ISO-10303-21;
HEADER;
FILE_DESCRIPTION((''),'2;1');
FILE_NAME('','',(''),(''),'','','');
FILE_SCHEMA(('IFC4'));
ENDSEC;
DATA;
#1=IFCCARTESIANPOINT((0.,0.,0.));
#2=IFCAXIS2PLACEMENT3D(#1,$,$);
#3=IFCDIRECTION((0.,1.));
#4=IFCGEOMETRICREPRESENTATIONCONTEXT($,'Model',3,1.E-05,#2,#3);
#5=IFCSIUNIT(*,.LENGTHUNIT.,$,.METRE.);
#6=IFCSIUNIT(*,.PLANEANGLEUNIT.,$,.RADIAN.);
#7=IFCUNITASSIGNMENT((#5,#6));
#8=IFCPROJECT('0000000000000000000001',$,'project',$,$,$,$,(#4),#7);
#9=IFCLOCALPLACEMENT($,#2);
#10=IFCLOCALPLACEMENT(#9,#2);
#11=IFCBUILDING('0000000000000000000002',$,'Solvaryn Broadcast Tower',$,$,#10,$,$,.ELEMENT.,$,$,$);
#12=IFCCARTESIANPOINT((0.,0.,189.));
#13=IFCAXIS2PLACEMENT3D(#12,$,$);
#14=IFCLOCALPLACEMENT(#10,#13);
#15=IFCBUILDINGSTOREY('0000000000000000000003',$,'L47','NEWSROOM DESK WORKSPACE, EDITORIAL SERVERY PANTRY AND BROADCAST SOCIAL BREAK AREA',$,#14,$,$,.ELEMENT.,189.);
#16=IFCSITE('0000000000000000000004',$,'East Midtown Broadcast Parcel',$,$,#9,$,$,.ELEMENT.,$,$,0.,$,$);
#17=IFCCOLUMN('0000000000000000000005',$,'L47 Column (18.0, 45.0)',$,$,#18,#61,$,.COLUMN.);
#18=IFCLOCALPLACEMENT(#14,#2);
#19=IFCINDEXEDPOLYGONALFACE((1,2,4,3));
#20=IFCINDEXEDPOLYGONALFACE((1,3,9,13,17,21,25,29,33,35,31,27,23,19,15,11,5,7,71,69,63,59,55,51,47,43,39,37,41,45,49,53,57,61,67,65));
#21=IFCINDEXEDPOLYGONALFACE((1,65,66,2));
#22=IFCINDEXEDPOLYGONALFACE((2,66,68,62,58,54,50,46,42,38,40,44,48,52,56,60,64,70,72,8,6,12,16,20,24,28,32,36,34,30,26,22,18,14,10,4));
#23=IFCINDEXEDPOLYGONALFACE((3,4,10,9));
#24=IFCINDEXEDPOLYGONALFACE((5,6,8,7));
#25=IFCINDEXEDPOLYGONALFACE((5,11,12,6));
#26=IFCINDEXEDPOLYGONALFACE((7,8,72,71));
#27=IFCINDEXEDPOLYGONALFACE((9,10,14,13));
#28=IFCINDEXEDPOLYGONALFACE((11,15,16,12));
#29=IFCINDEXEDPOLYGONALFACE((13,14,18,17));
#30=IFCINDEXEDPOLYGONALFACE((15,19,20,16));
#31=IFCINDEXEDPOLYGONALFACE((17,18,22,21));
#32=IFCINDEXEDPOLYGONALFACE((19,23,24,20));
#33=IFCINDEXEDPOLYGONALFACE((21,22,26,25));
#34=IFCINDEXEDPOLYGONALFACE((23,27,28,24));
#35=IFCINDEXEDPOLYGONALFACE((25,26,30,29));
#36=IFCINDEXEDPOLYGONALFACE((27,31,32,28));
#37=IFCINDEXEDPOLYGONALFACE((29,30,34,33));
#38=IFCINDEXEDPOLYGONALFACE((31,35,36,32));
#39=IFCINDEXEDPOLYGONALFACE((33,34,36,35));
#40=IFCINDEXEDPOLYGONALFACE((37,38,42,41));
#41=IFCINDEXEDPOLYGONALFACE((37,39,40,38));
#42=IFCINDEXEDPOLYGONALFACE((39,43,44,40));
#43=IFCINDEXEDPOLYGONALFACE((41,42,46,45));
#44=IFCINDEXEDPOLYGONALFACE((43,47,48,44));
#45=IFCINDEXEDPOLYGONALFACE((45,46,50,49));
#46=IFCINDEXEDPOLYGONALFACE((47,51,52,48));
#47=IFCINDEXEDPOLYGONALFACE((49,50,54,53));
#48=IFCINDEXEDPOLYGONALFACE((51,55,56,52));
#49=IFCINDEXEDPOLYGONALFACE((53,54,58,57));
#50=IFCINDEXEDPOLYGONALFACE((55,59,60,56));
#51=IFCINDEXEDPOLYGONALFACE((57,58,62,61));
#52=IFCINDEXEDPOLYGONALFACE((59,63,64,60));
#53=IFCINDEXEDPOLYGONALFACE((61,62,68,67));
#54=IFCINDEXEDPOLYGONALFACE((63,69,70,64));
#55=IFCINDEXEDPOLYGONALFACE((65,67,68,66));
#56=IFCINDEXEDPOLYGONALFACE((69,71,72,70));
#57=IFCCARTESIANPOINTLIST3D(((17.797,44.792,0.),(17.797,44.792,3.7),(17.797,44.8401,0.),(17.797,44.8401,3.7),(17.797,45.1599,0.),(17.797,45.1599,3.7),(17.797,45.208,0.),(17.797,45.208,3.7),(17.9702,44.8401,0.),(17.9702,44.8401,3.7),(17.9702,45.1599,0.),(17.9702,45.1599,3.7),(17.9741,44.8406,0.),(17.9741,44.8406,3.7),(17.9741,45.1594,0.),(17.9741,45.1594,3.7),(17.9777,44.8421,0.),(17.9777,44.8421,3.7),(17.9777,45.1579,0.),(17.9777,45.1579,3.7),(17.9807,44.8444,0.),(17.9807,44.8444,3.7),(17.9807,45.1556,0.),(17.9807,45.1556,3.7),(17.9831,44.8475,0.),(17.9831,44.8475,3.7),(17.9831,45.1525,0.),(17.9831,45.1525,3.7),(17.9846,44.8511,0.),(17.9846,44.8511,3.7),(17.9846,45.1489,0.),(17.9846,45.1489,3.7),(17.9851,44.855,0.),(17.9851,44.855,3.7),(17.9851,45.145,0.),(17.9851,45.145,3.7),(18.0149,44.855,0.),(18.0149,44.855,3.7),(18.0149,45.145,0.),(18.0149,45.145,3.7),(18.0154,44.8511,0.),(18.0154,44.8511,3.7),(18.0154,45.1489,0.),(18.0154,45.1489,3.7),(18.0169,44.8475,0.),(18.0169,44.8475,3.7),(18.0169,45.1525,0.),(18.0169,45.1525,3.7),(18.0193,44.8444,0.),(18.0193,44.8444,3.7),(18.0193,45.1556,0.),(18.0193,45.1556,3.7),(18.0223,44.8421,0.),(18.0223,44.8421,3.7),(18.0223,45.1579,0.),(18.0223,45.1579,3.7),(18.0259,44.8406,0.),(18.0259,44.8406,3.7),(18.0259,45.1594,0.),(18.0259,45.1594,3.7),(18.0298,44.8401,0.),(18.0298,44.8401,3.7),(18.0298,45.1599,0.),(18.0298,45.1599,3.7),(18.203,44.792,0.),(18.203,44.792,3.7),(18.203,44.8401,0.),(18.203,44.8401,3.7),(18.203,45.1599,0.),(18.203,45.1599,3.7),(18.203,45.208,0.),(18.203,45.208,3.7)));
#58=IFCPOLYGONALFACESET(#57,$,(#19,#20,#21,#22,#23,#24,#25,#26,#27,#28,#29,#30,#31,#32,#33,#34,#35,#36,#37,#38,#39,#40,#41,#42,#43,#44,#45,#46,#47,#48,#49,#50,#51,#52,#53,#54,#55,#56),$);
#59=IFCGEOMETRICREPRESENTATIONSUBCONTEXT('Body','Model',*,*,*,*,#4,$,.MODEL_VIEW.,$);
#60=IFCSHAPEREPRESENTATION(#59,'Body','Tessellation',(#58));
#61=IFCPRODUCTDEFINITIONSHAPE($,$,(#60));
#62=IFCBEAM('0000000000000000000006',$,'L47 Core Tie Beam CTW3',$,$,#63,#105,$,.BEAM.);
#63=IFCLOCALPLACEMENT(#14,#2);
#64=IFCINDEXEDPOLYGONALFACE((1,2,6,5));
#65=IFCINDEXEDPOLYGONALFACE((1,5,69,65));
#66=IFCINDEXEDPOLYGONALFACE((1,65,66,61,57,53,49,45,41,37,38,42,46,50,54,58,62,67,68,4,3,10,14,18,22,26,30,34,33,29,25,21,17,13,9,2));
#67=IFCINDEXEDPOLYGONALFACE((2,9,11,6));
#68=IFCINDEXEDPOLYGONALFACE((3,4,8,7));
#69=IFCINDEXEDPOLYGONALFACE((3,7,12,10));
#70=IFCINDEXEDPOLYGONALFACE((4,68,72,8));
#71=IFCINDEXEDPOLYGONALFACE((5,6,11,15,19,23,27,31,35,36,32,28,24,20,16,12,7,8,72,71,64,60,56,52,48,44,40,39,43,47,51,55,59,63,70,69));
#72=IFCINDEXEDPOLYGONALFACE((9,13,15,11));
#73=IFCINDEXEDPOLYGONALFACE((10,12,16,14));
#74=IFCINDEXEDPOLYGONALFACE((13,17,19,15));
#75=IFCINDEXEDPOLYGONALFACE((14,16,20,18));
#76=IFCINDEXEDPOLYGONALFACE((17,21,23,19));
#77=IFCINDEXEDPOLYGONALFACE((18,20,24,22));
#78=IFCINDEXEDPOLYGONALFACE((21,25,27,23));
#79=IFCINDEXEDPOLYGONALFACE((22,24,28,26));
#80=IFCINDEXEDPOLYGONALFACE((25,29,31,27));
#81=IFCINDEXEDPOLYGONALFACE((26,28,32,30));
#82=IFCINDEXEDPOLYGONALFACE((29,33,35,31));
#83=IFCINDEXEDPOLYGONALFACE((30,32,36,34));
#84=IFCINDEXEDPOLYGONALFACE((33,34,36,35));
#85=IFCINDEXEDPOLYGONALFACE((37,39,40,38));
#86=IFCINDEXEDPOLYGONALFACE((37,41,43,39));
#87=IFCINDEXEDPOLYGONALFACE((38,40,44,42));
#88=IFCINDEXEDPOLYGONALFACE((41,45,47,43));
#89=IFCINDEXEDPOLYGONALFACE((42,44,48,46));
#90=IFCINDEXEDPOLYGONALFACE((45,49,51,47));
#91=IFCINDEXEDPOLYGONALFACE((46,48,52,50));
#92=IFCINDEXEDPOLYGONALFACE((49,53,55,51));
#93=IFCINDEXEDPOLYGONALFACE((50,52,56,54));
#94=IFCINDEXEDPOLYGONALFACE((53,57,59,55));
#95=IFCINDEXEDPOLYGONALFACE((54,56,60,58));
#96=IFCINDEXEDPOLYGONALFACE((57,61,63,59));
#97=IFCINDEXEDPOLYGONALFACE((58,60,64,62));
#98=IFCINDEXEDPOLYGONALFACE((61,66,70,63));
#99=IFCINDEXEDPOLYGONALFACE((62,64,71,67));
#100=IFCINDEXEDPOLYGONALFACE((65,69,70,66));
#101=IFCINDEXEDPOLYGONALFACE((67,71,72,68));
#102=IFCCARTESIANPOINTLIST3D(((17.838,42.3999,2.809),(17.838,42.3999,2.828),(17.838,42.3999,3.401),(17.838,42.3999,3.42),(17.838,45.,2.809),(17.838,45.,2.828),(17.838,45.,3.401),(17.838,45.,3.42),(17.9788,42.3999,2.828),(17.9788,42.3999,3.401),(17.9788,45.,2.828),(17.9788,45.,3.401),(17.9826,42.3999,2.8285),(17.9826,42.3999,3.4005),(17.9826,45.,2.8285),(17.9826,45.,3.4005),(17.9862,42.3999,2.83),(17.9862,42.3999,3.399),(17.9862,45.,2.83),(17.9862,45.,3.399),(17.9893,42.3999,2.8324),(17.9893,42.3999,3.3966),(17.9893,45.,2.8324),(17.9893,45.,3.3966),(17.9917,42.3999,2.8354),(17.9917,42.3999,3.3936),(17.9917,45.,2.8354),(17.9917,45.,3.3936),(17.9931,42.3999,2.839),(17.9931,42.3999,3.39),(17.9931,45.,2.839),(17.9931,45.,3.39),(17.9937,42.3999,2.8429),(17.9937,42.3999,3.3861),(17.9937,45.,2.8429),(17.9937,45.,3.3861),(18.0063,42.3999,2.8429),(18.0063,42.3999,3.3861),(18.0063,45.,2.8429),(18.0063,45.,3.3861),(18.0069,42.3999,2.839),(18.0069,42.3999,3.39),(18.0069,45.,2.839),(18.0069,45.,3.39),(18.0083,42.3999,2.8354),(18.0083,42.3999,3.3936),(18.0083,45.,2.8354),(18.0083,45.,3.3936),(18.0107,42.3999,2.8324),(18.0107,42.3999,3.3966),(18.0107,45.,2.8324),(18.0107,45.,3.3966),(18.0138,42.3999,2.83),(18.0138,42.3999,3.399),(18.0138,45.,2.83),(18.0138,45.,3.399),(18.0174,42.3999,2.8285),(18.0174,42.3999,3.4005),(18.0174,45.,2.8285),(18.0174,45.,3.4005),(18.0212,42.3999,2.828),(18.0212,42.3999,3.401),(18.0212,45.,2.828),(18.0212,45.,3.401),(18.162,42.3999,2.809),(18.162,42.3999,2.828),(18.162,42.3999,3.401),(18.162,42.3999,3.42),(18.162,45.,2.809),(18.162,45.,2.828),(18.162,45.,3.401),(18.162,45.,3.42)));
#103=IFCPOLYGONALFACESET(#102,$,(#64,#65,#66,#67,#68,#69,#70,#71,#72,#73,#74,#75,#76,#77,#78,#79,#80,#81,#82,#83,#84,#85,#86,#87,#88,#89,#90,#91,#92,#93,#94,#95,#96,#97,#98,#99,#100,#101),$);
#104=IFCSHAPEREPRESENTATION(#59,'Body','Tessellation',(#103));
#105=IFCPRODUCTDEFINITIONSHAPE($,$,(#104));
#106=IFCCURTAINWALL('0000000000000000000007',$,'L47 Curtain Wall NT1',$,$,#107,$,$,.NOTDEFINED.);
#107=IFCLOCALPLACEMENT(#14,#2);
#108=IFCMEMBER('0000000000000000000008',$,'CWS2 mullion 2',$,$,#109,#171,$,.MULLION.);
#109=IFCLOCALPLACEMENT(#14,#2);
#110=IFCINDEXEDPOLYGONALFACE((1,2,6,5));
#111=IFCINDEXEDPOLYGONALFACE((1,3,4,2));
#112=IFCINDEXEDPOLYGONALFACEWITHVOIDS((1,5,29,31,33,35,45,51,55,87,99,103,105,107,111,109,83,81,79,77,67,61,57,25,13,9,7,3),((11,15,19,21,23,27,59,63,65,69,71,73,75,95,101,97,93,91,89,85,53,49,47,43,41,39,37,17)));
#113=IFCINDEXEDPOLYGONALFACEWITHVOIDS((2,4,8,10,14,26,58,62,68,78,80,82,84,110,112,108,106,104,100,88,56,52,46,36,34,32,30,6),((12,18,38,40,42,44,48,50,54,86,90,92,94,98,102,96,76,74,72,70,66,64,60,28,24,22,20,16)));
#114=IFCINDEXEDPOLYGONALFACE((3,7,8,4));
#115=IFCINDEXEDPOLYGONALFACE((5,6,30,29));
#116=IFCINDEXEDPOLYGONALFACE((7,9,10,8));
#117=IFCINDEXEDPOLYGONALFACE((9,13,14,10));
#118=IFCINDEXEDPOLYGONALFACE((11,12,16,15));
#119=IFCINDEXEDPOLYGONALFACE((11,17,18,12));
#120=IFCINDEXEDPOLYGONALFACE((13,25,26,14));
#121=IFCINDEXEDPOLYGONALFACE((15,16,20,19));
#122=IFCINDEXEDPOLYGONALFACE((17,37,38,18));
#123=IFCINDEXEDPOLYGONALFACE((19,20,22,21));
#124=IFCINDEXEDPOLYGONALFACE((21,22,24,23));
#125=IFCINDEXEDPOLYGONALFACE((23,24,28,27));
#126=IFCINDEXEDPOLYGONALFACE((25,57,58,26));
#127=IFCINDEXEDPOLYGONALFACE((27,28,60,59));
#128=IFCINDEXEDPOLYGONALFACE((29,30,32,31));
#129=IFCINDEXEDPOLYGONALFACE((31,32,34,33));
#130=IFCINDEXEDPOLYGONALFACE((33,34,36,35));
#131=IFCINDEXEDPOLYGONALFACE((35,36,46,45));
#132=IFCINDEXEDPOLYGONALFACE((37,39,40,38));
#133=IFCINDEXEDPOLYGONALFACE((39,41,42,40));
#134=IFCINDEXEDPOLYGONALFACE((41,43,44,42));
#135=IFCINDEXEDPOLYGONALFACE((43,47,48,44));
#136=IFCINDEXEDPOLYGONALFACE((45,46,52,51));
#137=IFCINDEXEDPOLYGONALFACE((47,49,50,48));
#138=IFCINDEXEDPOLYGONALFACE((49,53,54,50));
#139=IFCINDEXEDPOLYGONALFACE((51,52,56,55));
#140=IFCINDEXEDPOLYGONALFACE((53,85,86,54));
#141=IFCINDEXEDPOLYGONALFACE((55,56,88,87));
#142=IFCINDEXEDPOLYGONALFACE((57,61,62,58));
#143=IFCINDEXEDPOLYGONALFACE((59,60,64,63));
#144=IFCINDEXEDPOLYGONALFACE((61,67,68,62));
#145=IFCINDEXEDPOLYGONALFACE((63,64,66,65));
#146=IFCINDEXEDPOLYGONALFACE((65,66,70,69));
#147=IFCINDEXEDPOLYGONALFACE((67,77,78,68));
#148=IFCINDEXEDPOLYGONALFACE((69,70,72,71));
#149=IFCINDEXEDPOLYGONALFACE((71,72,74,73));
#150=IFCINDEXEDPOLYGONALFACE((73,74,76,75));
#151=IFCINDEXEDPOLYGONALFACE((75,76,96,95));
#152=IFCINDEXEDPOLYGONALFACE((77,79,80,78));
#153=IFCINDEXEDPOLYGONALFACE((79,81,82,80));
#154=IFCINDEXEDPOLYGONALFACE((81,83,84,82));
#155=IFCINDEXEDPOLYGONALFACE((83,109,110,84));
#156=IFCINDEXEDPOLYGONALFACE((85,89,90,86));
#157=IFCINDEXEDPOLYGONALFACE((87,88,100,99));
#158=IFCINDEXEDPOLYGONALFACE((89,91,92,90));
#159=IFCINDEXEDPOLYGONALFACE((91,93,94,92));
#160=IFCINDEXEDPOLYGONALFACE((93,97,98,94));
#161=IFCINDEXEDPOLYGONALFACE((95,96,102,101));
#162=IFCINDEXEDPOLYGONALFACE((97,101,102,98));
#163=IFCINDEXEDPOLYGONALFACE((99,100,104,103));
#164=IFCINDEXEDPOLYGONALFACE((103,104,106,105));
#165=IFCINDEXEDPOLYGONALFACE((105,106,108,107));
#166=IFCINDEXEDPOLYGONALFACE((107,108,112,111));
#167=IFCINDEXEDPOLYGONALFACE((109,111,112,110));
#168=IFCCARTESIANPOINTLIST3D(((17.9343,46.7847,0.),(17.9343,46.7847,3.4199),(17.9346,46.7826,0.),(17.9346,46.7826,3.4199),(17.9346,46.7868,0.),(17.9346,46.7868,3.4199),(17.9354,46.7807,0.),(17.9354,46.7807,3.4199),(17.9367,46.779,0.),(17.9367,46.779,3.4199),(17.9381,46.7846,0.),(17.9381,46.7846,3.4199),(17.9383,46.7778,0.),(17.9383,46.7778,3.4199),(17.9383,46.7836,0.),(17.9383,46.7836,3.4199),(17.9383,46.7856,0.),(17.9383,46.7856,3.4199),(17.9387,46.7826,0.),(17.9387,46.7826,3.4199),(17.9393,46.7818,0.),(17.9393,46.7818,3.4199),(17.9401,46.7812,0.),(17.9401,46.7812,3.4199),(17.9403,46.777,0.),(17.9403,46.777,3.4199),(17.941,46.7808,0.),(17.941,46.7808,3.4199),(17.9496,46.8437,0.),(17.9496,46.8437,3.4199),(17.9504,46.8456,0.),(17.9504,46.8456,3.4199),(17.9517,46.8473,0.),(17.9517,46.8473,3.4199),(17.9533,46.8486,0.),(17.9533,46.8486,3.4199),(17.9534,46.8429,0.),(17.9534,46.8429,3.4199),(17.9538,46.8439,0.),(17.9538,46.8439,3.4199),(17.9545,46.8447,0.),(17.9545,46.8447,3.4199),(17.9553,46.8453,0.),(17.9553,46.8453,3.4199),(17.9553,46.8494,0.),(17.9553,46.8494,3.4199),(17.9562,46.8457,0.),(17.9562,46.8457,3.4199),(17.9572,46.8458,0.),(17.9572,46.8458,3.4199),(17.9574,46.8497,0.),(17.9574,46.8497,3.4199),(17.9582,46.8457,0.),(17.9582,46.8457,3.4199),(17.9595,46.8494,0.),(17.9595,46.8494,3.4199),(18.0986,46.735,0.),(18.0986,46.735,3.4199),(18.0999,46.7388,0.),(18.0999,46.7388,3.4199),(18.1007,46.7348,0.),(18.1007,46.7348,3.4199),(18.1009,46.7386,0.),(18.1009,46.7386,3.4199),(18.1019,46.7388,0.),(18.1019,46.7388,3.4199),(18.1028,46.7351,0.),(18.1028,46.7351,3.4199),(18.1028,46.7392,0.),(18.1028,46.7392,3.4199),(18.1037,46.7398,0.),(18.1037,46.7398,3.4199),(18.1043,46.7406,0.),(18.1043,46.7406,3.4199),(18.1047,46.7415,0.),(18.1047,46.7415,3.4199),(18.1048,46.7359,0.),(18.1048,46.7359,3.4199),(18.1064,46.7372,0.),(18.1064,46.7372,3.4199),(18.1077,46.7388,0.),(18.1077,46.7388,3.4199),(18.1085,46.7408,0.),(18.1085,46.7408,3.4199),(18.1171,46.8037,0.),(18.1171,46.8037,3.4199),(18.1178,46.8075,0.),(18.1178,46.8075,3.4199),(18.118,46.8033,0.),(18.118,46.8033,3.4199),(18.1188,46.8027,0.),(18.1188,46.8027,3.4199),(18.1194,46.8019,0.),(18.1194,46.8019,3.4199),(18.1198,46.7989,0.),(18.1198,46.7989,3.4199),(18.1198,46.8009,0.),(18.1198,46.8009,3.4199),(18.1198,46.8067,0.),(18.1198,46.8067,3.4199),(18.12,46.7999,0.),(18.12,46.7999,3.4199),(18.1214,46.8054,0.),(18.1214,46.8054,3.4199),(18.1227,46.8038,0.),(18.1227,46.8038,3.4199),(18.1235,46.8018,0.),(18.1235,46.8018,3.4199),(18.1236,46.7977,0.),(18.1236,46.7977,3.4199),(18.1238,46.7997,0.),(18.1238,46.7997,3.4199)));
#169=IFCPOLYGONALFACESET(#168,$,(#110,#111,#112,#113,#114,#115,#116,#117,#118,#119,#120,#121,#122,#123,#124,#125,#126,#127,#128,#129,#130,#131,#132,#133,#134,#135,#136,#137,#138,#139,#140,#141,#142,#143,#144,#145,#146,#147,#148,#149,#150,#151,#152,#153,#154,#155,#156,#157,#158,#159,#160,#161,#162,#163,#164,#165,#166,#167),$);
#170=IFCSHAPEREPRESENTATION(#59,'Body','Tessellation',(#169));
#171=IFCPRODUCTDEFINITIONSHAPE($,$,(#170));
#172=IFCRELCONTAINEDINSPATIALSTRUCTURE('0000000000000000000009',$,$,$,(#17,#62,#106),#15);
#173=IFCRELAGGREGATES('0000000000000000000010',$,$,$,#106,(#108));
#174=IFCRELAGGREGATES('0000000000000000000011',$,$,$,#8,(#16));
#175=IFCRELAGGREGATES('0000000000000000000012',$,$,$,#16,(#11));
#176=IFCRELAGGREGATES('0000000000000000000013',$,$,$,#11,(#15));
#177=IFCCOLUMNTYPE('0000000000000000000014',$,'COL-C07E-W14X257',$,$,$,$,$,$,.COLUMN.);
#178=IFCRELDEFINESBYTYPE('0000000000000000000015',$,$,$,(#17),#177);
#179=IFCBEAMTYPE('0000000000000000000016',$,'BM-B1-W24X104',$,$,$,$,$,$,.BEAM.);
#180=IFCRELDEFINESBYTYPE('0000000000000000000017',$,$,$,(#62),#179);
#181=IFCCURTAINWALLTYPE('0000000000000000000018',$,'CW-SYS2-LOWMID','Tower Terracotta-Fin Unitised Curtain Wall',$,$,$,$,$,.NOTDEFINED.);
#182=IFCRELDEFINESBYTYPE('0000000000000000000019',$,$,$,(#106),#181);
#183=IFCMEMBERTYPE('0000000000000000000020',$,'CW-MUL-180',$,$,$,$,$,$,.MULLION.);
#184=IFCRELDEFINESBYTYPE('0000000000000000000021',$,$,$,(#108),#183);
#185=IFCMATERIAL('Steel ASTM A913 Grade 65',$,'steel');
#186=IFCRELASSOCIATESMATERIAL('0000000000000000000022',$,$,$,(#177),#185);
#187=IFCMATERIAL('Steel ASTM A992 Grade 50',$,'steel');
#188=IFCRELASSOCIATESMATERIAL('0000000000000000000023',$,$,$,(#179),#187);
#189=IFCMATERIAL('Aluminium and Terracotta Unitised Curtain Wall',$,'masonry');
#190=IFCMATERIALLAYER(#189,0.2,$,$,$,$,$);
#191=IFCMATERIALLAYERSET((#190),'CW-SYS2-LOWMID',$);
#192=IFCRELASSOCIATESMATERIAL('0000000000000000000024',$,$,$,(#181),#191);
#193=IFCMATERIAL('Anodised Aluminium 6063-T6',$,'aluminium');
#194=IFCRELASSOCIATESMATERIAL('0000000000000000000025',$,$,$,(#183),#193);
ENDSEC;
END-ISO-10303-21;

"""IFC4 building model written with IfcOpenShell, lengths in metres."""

from ifc_helpers import new_model, si_unit, direction, frame, origin, origin_2d, place, context, subcontext, project, spatial, hollow_rectangle, i_section, extrude, material, layer, layer_set, material_profile, profile_set, type_object, element, aggregate, save


model = new_model("IFC4")

# Units and contexts
model_context = context("Model", 3, precision=1e-05, world=origin(), true_north=direction((0.0, 1.0)))
body_context = subcontext(model_context, "Body", "Model", "MODEL_VIEW")
ifc_project = project(units=[si_unit("LENGTHUNIT", "METRE"), si_unit("PLANEANGLEUNIT", "RADIAN")], contexts=[model_context])

# Site, building, storey
site_placement = place(None, origin())
site = spatial("IfcSite", under=ifc_project, at=site_placement, Name="East Midtown Broadcast Parcel", CompositionType="ELEMENT", RefElevation=0.0)
building_placement = place(site_placement, origin())
building = spatial("IfcBuilding", under=site, at=building_placement, Name="Solvaryn Broadcast Tower", CompositionType="ELEMENT")
storey_placement = place(building_placement, frame((0.0, 0.0, 189.0)))
storey = spatial("IfcBuildingStorey", under=building, at=storey_placement, Name="L47", Description="NEWSROOM DESK WORKSPACE, EDITORIAL SERVERY PANTRY AND BROADCAST SOCIAL BREAK AREA", CompositionType="ELEMENT", Elevation=189.0)

# Column
ifc_material_1 = material(Name="Steel ASTM A913 Grade 65", Category="steel")
ifc_material_profile_1 = material_profile(ifc_material_1, i_section(OverallWidth=0.406, OverallDepth=0.416, WebThickness=0.0298, FlangeThickness=0.0481, FilletRadius=0.0149, at=origin_2d()))
ifc_profile_set_1 = profile_set([ifc_material_profile_1], Name="Steel ASTM A913 Grade 65")
column_type = type_object("IfcColumnType", Name="COL-C07E-W14X257", PredefinedType="COLUMN", material=ifc_profile_set_1)
column_placement = place(storey_placement, frame((18.0, 45.0, 0.0), z_axis=(0.0, 0.0, 1.0), x_axis=(1.0, 0.0, 0.0)))
element("IfcColumn", 1, at=column_placement, inside=storey, type_object=column_type, Name="L47 Column (18.0, 45.0)", PredefinedType="COLUMN", context=body_context, shape_type="SweptSolid", body=[
    extrude(i_section(OverallWidth=0.406, OverallDepth=0.416, WebThickness=0.0298, FlangeThickness=0.0481, FilletRadius=0.0149, at=origin_2d()), origin(), (0.0, 0.0, 1.0), 3.7),
])

# Beam
ifc_material_2 = material(Name="Steel ASTM A992 Grade 50", Category="steel")
ifc_material_profile_2 = material_profile(ifc_material_2, i_section(OverallWidth=0.324, OverallDepth=0.6111, WebThickness=0.0127, FlangeThickness=0.019, FilletRadius=0.0149, at=origin_2d()))
ifc_profile_set_2 = profile_set([ifc_material_profile_2], Name="Steel ASTM A992 Grade 50")
beam_type = type_object("IfcBeamType", Name="BM-B1-W24X104", PredefinedType="BEAM", material=ifc_profile_set_2)
beam_placement = place(storey_placement, frame((18.0, 42.3999, 3.1145), z_axis=(0.0, 1.0, 0.0), x_axis=(-1.0, 0.0, 0.0)))
element("IfcBeam", 2, at=beam_placement, inside=storey, type_object=beam_type, Name="L47 Core Tie Beam CTW3", PredefinedType="BEAM", context=body_context, shape_type="SweptSolid", body=[
    extrude(i_section(OverallWidth=0.324, OverallDepth=0.6111, WebThickness=0.0127, FlangeThickness=0.019, FilletRadius=0.0149, at=origin_2d()), origin(), (0.0, 0.0, 1.0), 2.6001),
])

# Curtain wall, member
ifc_material_3 = material(Name="Aluminium and Terracotta Unitised Curtain Wall", Category="masonry")
ifc_layer_1 = layer(ifc_material_3, 0.2)
ifc_layer_set_1 = layer_set([ifc_layer_1], Name="CW-SYS2-LOWMID")
curtain_wall_type = type_object("IfcCurtainWallType", Name="CW-SYS2-LOWMID", Description="Tower Terracotta-Fin Unitised Curtain Wall", PredefinedType="NOTDEFINED", material=ifc_layer_set_1)
curtain_wall_1_placement = place(storey_placement, origin())
curtain_wall_1 = element("IfcCurtainWall", 3, at=curtain_wall_1_placement, inside=storey, type_object=curtain_wall_type, Name="L47 Curtain Wall NT1", PredefinedType="NOTDEFINED")
ifc_material_4 = material(Name="Anodised Aluminium 6063-T6", Category="aluminium")
ifc_material_profile_3 = material_profile(ifc_material_4, hollow_rectangle(XDim=0.075, YDim=0.1799, WallThickness=0.0039, InnerFilletRadius=0.0039, OuterFilletRadius=0.0081, at=origin_2d()))
ifc_profile_set_3 = profile_set([ifc_material_profile_3], Name="Anodised Aluminium 6063-T6")
member_type_1 = type_object("IfcMemberType", Name="CW-MUL-180", PredefinedType="MULLION", material=ifc_profile_set_3)
member_1_placement = place(storey_placement, frame((18.0291, 46.7922, 0.0), z_axis=(0.0, 0.0, 1.0), x_axis=(-0.255893, -0.966705, 0.0)))
member_1 = element("IfcMember", 4, at=member_1_placement, type_object=member_type_1, Name="CWS2 mullion 2", PredefinedType="MULLION", context=body_context, shape_type="SweptSolid", body=[
    extrude(hollow_rectangle(XDim=0.075, YDim=0.1799, WallThickness=0.0039, InnerFilletRadius=0.0039, OuterFilletRadius=0.0081, at=origin_2d()), origin(), (0.0, 0.0, 1.0), 3.4199),
])

aggregate(curtain_wall_1, [member_1])

save(model, "model.ifc")
